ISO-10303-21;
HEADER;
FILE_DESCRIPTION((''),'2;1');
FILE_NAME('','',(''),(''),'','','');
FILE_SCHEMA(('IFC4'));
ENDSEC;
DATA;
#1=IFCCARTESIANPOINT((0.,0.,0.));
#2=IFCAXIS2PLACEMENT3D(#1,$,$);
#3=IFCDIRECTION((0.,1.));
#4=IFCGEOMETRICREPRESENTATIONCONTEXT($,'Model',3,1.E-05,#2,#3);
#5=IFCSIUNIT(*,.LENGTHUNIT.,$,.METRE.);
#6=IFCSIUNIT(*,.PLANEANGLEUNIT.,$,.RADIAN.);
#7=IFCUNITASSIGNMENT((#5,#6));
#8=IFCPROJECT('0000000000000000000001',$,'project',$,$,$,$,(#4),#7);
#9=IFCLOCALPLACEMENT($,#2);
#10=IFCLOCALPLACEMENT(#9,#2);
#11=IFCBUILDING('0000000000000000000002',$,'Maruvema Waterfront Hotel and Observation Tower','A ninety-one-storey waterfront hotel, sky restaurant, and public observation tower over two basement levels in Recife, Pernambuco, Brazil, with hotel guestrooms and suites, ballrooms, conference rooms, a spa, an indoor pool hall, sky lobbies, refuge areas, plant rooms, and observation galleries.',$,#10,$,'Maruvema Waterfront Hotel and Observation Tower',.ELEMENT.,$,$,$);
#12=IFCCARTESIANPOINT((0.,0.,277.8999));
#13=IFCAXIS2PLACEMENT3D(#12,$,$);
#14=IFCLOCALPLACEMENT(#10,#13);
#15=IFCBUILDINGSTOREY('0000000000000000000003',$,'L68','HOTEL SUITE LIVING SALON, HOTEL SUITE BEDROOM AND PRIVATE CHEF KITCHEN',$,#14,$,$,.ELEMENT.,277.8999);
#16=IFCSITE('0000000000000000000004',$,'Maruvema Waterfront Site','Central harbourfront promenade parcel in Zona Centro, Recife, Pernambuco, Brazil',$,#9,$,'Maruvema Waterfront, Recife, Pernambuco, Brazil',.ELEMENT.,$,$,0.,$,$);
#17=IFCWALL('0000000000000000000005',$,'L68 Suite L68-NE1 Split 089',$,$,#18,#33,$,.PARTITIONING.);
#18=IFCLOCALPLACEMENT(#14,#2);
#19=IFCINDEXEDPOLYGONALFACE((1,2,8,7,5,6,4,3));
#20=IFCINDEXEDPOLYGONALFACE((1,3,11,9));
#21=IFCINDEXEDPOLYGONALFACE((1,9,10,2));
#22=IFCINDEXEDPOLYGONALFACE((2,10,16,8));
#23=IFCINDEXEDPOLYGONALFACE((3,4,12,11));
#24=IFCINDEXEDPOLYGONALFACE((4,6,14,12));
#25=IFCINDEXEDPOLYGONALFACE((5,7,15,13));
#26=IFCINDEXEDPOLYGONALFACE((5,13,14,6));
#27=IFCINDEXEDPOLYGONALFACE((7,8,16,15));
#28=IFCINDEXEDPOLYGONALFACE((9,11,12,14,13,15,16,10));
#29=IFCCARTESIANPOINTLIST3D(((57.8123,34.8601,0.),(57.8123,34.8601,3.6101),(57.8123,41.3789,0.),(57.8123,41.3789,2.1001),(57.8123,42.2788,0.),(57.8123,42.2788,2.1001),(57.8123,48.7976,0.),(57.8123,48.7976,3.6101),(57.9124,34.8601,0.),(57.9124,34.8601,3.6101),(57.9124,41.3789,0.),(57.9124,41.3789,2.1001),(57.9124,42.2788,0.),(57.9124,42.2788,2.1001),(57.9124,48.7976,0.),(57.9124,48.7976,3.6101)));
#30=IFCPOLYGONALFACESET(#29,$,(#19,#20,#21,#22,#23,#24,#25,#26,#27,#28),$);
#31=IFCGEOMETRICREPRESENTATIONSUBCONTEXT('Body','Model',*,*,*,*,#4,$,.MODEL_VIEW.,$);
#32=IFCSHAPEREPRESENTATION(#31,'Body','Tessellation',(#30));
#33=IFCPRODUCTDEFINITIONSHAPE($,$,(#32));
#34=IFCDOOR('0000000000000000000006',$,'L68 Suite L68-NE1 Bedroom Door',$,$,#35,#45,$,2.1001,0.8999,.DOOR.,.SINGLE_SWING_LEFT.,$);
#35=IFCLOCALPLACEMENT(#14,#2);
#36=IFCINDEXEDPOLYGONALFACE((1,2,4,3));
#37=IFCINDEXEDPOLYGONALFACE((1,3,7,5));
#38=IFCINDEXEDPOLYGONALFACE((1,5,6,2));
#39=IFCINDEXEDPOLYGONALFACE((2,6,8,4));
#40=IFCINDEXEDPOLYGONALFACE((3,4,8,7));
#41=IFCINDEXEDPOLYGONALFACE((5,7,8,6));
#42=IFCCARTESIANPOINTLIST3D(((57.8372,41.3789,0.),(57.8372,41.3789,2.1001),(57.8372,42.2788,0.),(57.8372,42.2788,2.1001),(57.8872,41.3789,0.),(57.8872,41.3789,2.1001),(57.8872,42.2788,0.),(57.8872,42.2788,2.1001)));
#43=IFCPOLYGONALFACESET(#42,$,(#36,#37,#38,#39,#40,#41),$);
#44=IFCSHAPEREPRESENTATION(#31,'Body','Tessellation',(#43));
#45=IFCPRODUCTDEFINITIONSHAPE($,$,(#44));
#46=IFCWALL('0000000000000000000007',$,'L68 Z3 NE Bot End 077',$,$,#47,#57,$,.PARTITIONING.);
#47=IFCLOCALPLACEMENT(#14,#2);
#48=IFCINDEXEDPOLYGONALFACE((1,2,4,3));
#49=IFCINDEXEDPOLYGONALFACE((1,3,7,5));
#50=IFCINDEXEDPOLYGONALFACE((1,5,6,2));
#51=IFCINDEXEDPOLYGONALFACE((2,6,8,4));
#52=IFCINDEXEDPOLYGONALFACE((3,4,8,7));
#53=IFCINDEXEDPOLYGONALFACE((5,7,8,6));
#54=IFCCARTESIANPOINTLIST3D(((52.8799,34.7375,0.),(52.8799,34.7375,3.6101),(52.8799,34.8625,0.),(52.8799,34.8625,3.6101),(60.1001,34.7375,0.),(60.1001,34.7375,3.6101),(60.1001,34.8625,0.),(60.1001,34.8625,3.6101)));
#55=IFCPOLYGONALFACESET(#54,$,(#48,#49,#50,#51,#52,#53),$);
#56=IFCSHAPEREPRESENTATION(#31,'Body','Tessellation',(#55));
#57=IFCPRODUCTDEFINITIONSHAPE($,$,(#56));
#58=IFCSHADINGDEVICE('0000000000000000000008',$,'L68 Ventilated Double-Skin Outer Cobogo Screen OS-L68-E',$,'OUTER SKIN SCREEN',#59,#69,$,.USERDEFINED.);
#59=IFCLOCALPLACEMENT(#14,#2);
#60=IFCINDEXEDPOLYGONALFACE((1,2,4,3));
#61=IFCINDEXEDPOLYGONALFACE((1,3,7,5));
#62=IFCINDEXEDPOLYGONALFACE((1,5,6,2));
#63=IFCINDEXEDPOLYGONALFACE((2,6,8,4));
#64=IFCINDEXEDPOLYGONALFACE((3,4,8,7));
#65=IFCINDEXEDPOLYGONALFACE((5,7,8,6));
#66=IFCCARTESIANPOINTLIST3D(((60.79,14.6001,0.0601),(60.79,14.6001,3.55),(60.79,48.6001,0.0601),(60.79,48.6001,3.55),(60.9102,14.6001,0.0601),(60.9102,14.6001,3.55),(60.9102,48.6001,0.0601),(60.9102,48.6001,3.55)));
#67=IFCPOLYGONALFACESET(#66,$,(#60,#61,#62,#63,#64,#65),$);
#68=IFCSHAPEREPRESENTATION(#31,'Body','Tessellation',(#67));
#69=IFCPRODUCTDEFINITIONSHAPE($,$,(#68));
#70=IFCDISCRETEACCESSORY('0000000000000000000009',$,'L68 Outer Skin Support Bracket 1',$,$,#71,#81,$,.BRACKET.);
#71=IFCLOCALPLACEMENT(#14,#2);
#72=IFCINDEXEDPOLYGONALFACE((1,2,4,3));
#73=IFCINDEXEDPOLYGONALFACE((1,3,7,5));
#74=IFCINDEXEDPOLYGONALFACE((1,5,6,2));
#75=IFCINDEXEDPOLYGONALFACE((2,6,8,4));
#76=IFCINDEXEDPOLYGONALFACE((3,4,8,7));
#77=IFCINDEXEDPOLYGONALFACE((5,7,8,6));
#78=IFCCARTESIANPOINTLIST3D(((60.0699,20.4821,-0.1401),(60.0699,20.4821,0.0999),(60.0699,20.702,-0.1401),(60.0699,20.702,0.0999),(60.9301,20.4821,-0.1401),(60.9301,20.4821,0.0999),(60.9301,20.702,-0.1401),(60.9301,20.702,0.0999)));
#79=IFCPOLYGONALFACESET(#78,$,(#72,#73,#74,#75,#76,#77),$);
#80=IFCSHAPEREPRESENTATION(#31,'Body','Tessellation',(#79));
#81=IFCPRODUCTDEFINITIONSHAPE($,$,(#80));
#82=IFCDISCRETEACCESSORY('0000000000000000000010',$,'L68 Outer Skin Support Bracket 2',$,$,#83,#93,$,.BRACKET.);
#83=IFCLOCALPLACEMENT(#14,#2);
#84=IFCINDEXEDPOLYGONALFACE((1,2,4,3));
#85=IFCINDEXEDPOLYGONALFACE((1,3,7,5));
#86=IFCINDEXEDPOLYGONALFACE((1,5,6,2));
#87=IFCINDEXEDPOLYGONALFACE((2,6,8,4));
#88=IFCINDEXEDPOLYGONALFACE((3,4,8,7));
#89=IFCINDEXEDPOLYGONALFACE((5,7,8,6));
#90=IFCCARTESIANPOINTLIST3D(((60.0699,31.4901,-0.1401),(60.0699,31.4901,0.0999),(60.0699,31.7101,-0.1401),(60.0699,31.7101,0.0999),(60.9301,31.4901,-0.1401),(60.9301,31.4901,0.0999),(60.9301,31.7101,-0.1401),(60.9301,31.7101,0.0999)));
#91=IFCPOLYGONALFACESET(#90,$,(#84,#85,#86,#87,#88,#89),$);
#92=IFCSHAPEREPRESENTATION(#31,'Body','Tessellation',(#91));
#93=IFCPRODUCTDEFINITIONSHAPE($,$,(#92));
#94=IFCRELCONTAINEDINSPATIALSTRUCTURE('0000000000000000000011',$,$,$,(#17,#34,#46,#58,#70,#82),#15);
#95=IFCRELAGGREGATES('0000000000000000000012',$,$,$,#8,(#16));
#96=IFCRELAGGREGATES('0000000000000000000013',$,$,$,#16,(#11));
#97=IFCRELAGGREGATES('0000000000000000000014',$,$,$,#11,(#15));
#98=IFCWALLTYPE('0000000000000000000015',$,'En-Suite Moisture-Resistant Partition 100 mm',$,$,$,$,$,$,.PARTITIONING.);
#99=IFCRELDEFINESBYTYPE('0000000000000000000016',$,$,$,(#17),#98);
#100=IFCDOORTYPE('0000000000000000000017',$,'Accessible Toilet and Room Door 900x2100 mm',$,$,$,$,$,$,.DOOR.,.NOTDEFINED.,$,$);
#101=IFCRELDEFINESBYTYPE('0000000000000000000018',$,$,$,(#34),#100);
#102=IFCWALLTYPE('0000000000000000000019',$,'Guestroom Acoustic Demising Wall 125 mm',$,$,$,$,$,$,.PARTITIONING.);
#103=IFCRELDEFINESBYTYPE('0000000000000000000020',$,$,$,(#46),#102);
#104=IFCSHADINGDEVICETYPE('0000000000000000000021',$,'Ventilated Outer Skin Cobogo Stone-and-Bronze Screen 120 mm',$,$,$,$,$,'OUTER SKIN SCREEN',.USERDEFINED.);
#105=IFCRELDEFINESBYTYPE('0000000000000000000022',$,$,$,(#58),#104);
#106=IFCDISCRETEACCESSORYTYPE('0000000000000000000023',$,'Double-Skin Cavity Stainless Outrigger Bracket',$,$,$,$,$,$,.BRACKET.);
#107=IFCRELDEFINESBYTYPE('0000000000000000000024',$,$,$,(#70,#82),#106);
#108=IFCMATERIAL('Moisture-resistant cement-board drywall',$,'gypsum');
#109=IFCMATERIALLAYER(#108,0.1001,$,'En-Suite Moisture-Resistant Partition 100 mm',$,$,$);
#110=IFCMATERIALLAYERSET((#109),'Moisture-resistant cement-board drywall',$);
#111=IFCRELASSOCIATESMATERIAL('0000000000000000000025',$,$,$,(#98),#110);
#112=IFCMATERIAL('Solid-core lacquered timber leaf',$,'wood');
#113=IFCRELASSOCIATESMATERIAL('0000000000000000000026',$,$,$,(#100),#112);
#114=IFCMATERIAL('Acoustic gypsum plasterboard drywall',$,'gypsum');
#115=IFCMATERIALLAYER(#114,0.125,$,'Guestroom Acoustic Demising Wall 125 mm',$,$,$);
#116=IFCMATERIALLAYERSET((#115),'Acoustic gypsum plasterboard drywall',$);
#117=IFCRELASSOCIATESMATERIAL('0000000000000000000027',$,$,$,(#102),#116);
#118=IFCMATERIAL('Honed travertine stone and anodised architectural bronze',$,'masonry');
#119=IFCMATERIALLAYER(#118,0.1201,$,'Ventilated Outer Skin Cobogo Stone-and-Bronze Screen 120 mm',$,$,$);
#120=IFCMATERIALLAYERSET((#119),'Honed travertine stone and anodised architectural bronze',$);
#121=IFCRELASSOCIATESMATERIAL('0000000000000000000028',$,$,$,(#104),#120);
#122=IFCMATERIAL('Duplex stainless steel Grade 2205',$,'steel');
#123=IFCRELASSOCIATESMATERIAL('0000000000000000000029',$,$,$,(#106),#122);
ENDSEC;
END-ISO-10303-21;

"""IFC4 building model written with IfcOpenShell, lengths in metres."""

from ifc_helpers import new_model, si_unit, direction, frame, frame_2d, origin, origin_2d, place, context, subcontext, project, spatial, rectangle, extrude, material, layer, layer_set, type_object, element, fill, save


model = new_model("IFC4")

# Units and contexts
model_context = context("Model", 3, precision=1e-05, world=origin(), true_north=direction((0.0, 1.0)))
body_context = subcontext(model_context, "Body", "Model", "MODEL_VIEW")
ifc_project = project(units=[si_unit("LENGTHUNIT", "METRE"), si_unit("PLANEANGLEUNIT", "RADIAN")], contexts=[model_context])

# Site, building, storey
site_placement = place(None, origin())
site = spatial("IfcSite", under=ifc_project, at=site_placement, Name="Maruvema Waterfront Site", Description="Central harbourfront promenade parcel in Zona Centro, Recife, Pernambuco, Brazil", LongName="Maruvema Waterfront, Recife, Pernambuco, Brazil", CompositionType="ELEMENT", RefElevation=0.0)
building_placement = place(site_placement, origin())
building = spatial("IfcBuilding", under=site, at=building_placement, Name="Maruvema Waterfront Hotel and Observation Tower", Description="A ninety-one-storey waterfront hotel, sky restaurant, and public observation tower over two basement levels in Recife, Pernambuco, Brazil, with hotel guestrooms and suites, ballrooms, conference rooms, a spa, an indoor pool hall, sky lobbies, refuge areas, plant rooms, and observation galleries.", LongName="Maruvema Waterfront Hotel and Observation Tower", CompositionType="ELEMENT")
storey_placement = place(building_placement, frame((0.0, 0.0, 277.8999)))
storey = spatial("IfcBuildingStorey", under=building, at=storey_placement, Name="L68", Description="HOTEL SUITE LIVING SALON, HOTEL SUITE BEDROOM AND PRIVATE CHEF KITCHEN", CompositionType="ELEMENT", Elevation=277.8999)

# Wall, opening, door
ifc_material_1 = material(Name="Moisture-resistant cement-board drywall", Category="gypsum")
ifc_layer_1 = layer(ifc_material_1, 0.1001, Name="En-Suite Moisture-Resistant Partition 100 mm")
ifc_layer_set_1 = layer_set([ifc_layer_1], Name="Moisture-resistant cement-board drywall")
wall_type_1 = type_object("IfcWallType", Name="En-Suite Moisture-Resistant Partition 100 mm", PredefinedType="PARTITIONING", material=ifc_layer_set_1)
wall_1_placement = place(storey_placement, frame((57.8623, 34.8601, 0.0), z_axis=(0.0, 0.0, 1.0), x_axis=(0.0, 1.0, 0.0)))
wall_1 = element("IfcWall", 1, at=wall_1_placement, inside=storey, type_object=wall_type_1, Name="L68 Suite L68-NE1 Split 089", PredefinedType="PARTITIONING", context=body_context, shape_type="SweptSolid", body=[
    extrude(rectangle(XDim=13.9375, YDim=0.1001, at=frame_2d((6.9688, 0.0))), origin(), (0.0, 0.0, 1.0), 3.6101),
])
opening_1_placement = place(wall_1_placement, frame((6.5188, 0.0, 0.0)))
opening_1 = element("IfcOpeningElement", 2, at=opening_1_placement, cuts=wall_1, PredefinedType="OPENING", context=body_context, shape_type="SweptSolid", body=[
    extrude(rectangle(XDim=0.8999, YDim=2.1001, at=frame_2d((0.45, 1.05))), frame((0.0, 0.0601, 0.0), z_axis=(0.0, -1.0, 0.0), x_axis=(1.0, 0.0, 0.0)), (0.0, 0.0, 1.0), 0.1201),
])
ifc_material_2 = material(Name="Solid-core lacquered timber leaf", Category="wood")
door_type_1 = type_object("IfcDoorType", Name="Accessible Toilet and Room Door 900x2100 mm", OperationType="NOTDEFINED", PredefinedType="DOOR", material=ifc_material_2)
door_1_placement = place(opening_1_placement, frame((0.8999, 0.0, 0.0), z_axis=(0.0, 0.0, 1.0), x_axis=(-1.0, 0.0, 0.0)))
door_1 = element("IfcDoor", 3, at=door_1_placement, inside=storey, type_object=door_type_1, Name="L68 Suite L68-NE1 Bedroom Door", OperationType="SINGLE_SWING_LEFT", OverallHeight=2.1001, OverallWidth=0.8999, PredefinedType="DOOR", context=body_context, shape_type="SweptSolid", body=[
    extrude(rectangle(XDim=0.8999, YDim=2.1001, at=frame_2d((0.45, 1.05))), frame((0.0, 0.0249, 0.0), z_axis=(0.0, -1.0, 0.0), x_axis=(1.0, 0.0, 0.0)), (0.0, 0.0, 1.0), 0.05),
])
fill(opening_1, door_1)

# Wall
ifc_material_3 = material(Name="Acoustic gypsum plasterboard drywall", Category="gypsum")
ifc_layer_2 = layer(ifc_material_3, 0.125, Name="Guestroom Acoustic Demising Wall 125 mm")
ifc_layer_set_2 = layer_set([ifc_layer_2], Name="Acoustic gypsum plasterboard drywall")
wall_type_2 = type_object("IfcWallType", Name="Guestroom Acoustic Demising Wall 125 mm", PredefinedType="PARTITIONING", material=ifc_layer_set_2)
wall_2_placement = place(storey_placement, frame((52.8799, 34.8, 0.0), z_axis=(0.0, 0.0, 1.0), x_axis=(1.0, 0.0, 0.0)))
element("IfcWall", 4, at=wall_2_placement, inside=storey, type_object=wall_type_2, Name="L68 Z3 NE Bot End 077", PredefinedType="PARTITIONING", context=body_context, shape_type="SweptSolid", body=[
    extrude(rectangle(XDim=7.2202, YDim=0.125, at=frame_2d((3.6101, 0.0))), origin(), (0.0, 0.0, 1.0), 3.6101),
])

# Shading device
ifc_material_4 = material(Name="Honed travertine stone and anodised architectural bronze", Category="masonry")
ifc_layer_3 = layer(ifc_material_4, 0.1201, Name="Ventilated Outer Skin Cobogo Stone-and-Bronze Screen 120 mm")
ifc_layer_set_3 = layer_set([ifc_layer_3], Name="Honed travertine stone and anodised architectural bronze")
shading_device_type = type_object("IfcShadingDeviceType", Name="Ventilated Outer Skin Cobogo Stone-and-Bronze Screen 120 mm", ElementType="OUTER SKIN SCREEN", PredefinedType="USERDEFINED", material=ifc_layer_set_3)
shading_device_placement = place(storey_placement, frame((60.8501, 31.6001, 0.0601), z_axis=(0.0, 0.0, 1.0), x_axis=(0.0, 1.0, 0.0)))
element("IfcShadingDevice", 5, at=shading_device_placement, inside=storey, type_object=shading_device_type, Name="L68 Ventilated Double-Skin Outer Cobogo Screen OS-L68-E", ObjectType="OUTER SKIN SCREEN", PredefinedType="USERDEFINED", context=body_context, shape_type="SweptSolid", body=[
    extrude(rectangle(XDim=34.0, YDim=0.1201, at=origin_2d()), origin(), (0.0, 0.0, 1.0), 3.49),
])

# Discrete accessories
ifc_material_5 = material(Name="Duplex stainless steel Grade 2205", Category="steel")
discrete_accessory_type = type_object("IfcDiscreteAccessoryType", Name="Double-Skin Cavity Stainless Outrigger Bracket", PredefinedType="BRACKET", material=ifc_material_5)
for number, where, z_axis, x_axis, name in (
    (6, (60.5, 20.592, -0.1401), (0.0, 0.0, 1.0), (0.0, 1.0, 0.0), "L68 Outer Skin Support Bracket 1"),
    (7, (60.5, 31.6001, -0.1401), (0.0, 0.0, 1.0), (0.0, 1.0, 0.0), "L68 Outer Skin Support Bracket 2"),
):
    element("IfcDiscreteAccessory", number, at=place(storey_placement, frame(where, z_axis=z_axis, x_axis=x_axis)), inside=storey, type_object=discrete_accessory_type, Name=name, PredefinedType="BRACKET", context=body_context, shape_type="SweptSolid", body=[
        extrude(rectangle(XDim=0.22, YDim=0.8601, at=origin_2d()), origin(), (0.0, 0.0, 1.0), 0.24),
    ])

save(model, "model.ifc")
